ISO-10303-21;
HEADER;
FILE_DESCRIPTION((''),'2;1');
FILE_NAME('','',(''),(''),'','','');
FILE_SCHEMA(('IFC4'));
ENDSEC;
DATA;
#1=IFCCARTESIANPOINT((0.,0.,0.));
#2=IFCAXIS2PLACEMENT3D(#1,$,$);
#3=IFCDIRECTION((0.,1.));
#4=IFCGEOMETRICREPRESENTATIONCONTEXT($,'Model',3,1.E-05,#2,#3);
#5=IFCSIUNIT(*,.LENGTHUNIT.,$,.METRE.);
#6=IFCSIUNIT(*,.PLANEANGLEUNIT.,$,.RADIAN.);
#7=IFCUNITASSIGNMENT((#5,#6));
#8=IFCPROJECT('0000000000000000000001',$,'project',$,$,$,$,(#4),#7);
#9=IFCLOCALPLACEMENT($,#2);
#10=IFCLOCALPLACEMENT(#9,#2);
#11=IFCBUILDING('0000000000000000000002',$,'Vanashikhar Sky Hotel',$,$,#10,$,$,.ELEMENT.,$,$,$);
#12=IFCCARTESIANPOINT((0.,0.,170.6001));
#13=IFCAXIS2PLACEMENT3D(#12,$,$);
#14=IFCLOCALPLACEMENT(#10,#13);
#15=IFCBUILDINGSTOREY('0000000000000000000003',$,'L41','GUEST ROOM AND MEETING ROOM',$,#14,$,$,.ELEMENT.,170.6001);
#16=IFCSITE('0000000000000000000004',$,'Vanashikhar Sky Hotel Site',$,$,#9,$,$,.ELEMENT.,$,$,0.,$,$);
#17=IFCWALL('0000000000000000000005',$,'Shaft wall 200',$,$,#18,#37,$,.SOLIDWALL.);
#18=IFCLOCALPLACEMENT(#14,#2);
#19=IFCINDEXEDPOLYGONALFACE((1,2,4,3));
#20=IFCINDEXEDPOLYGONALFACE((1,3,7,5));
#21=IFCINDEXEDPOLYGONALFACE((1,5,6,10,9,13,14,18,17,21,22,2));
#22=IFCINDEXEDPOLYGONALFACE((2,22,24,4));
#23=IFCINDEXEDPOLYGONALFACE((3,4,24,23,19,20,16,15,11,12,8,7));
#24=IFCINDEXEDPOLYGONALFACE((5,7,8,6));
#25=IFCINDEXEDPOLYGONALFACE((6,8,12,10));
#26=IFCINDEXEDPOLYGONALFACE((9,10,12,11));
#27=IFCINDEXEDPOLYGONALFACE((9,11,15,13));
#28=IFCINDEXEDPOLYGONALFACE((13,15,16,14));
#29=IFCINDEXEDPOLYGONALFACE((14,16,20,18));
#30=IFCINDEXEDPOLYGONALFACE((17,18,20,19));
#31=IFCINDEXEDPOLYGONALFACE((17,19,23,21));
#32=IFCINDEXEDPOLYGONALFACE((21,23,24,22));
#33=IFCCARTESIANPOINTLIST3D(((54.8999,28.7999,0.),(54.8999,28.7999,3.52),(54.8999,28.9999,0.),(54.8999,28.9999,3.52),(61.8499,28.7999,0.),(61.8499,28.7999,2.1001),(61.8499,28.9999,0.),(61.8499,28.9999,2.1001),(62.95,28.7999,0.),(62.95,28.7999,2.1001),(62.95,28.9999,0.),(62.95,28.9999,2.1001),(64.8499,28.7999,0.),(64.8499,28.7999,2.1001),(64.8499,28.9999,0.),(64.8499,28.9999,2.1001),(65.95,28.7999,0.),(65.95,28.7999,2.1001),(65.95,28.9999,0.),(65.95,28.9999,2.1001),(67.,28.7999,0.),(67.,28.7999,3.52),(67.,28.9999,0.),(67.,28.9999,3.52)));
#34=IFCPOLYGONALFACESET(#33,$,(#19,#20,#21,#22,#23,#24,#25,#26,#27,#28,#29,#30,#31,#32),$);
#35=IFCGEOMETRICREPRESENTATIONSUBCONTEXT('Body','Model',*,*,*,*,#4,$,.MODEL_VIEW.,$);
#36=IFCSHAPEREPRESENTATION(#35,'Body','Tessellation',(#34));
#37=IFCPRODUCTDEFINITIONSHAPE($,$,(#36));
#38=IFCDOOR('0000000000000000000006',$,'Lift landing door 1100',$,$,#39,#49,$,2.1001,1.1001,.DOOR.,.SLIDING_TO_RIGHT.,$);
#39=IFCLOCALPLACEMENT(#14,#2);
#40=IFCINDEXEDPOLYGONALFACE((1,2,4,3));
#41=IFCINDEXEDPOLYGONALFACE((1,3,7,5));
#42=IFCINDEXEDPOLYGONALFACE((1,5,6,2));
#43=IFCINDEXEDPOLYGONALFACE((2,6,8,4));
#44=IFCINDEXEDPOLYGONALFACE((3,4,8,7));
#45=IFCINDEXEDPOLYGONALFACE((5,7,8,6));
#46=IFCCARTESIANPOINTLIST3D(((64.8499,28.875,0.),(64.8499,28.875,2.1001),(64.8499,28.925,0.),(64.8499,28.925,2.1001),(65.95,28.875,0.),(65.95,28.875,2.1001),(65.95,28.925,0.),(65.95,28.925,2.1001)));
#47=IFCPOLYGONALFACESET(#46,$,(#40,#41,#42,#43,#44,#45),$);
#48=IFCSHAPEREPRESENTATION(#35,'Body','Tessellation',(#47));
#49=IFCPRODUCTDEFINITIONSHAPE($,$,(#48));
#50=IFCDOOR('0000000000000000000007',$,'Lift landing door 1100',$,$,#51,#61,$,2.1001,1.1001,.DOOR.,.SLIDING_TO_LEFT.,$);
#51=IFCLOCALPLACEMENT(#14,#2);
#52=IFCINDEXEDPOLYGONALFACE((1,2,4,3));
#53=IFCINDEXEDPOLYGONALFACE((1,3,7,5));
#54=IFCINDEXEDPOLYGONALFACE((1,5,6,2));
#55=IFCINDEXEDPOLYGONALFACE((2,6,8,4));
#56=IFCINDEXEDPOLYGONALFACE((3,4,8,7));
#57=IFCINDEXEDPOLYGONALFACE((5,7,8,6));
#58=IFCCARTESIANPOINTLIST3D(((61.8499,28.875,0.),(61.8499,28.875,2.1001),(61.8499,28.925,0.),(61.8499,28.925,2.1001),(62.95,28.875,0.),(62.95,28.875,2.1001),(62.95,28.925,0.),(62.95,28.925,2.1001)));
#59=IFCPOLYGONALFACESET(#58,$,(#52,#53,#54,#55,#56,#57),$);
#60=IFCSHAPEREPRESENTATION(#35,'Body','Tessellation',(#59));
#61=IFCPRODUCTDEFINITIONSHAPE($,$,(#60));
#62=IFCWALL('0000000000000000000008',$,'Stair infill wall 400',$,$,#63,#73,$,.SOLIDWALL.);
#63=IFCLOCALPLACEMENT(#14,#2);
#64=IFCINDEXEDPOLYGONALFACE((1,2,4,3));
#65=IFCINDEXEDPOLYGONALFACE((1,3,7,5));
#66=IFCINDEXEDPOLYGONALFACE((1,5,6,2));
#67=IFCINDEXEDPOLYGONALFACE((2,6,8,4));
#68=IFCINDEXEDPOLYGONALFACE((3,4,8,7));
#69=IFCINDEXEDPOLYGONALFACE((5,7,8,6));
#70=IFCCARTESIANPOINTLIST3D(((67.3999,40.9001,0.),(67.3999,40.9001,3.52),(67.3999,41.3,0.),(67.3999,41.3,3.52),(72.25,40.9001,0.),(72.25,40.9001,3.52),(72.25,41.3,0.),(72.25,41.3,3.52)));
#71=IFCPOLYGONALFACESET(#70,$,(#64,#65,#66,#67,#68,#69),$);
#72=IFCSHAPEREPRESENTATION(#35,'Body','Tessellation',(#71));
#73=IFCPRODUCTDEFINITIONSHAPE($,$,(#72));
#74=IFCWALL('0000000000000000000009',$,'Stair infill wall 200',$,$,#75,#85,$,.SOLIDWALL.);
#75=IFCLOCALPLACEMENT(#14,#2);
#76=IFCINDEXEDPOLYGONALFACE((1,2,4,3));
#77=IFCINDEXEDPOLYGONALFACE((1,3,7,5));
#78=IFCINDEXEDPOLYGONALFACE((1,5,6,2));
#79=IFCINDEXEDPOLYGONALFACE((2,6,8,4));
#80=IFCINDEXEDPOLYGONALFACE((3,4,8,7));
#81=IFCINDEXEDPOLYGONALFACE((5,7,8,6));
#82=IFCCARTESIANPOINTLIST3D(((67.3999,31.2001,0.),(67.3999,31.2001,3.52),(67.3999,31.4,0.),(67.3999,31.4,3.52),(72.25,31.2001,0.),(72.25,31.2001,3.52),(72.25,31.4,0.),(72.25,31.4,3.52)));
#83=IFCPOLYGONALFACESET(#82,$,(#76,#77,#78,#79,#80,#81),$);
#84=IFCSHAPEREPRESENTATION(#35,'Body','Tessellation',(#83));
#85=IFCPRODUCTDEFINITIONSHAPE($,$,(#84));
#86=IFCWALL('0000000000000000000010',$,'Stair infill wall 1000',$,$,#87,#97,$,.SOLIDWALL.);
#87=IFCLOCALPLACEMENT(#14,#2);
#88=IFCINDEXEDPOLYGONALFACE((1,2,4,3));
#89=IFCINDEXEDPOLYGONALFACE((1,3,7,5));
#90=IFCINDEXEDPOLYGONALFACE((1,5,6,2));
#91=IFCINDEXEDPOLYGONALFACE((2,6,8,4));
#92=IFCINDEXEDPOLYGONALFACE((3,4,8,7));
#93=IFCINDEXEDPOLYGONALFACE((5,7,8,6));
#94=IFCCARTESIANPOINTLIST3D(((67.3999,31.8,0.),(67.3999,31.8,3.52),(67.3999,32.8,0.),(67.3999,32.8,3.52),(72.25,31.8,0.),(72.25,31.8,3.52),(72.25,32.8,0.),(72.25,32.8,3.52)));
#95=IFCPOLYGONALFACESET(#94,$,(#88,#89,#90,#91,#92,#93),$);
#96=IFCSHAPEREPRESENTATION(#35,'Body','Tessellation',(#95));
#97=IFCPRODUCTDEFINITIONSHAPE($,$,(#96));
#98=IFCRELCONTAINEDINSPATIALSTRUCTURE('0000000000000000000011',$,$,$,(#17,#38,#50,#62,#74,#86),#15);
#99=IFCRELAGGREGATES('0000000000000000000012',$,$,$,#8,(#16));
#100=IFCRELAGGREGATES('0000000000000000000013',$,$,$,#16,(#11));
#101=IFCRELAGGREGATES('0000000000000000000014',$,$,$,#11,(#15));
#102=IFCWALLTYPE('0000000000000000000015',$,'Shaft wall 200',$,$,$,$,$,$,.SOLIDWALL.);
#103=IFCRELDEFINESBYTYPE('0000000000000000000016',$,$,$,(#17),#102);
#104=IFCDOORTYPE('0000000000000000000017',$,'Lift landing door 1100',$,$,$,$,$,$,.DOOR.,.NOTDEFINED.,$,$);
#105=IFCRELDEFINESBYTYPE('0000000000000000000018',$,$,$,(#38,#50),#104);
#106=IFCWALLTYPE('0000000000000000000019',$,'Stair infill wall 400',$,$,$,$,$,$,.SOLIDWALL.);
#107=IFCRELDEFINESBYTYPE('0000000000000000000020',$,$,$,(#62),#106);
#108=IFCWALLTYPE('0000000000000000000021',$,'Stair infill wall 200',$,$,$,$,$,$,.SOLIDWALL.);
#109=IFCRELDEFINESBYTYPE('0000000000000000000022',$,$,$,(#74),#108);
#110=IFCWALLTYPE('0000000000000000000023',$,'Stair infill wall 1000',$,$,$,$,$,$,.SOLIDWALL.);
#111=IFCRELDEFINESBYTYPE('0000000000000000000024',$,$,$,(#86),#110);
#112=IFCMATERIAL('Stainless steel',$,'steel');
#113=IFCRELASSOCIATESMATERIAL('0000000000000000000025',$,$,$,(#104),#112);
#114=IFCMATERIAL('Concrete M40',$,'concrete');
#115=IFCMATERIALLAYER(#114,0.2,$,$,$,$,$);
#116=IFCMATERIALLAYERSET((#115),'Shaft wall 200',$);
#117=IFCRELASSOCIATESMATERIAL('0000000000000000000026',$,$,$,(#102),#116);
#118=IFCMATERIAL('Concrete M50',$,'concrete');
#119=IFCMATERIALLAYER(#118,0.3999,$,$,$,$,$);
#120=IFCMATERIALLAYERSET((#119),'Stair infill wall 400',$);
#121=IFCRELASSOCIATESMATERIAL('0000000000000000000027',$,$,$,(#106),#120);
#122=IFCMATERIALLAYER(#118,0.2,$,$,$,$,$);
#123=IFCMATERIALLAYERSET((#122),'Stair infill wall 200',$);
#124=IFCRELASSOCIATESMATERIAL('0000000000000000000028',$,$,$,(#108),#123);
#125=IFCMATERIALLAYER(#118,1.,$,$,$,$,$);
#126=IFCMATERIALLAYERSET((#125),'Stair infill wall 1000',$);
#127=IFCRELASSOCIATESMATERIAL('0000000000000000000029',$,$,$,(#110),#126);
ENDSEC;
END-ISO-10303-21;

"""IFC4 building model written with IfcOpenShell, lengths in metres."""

from ifc_helpers import new_model, si_unit, direction, frame, frame_2d, origin, place, context, subcontext, project, spatial, rectangle, extrude, source, transform, mapped, material, layer, layer_set, type_object, element, fill, save


model = new_model("IFC4")

# Units and contexts
model_context = context("Model", 3, precision=1e-05, world=origin(), true_north=direction((0.0, 1.0)))
body_context = subcontext(model_context, "Body", "Model", "MODEL_VIEW")
ifc_project = project(units=[si_unit("LENGTHUNIT", "METRE"), si_unit("PLANEANGLEUNIT", "RADIAN")], contexts=[model_context])

# Site, building, storey
site_placement = place(None, origin())
site = spatial("IfcSite", under=ifc_project, at=site_placement, Name="Vanashikhar Sky Hotel Site", CompositionType="ELEMENT", RefElevation=0.0)
building_placement = place(site_placement, origin())
building = spatial("IfcBuilding", under=site, at=building_placement, Name="Vanashikhar Sky Hotel", CompositionType="ELEMENT")
storey_placement = place(building_placement, frame((0.0, 0.0, 170.6001)))
storey = spatial("IfcBuildingStorey", under=building, at=storey_placement, Name="L41", Description="GUEST ROOM AND MEETING ROOM", CompositionType="ELEMENT", Elevation=170.6001)

# Shared definitions
ifc_material_1 = material(Name="Stainless steel", Category="steel")
door_type_1 = type_object("IfcDoorType", Name="Lift landing door 1100", OperationType="NOTDEFINED", PredefinedType="DOOR", material=ifc_material_1)
shared_shape_1 = source(origin(), body_context, "Body", "SweptSolid", [
    extrude(rectangle(XDim=1.1001, YDim=2.1001, at=frame_2d((0.55, 1.05))), frame((0.0, 0.0249, 0.0), z_axis=(0.0, -1.0, 0.0), x_axis=(1.0, 0.0, 0.0)), (0.0, 0.0, 1.0), 0.05),
])

# Wall, openings, doors
ifc_material_2 = material(Name="Concrete M40", Category="concrete")
ifc_layer_1 = layer(ifc_material_2, 0.2)
ifc_layer_set_1 = layer_set([ifc_layer_1], Name="Shaft wall 200")
wall_type_1 = type_object("IfcWallType", Name="Shaft wall 200", PredefinedType="SOLIDWALL", material=ifc_layer_set_1)
shared_shape_2 = source(origin(), body_context, "Body", "SweptSolid", [
    extrude(rectangle(XDim=1.1001, YDim=2.1001, at=frame_2d((0.55, 1.05))), frame((0.0, 0.1099, 0.0), z_axis=(0.0, -1.0, 0.0), x_axis=(1.0, 0.0, 0.0)), (0.0, 0.0, 1.0), 0.22),
])
shared_shape_3 = source(origin(), body_context, "Body", "SweptSolid", [
    extrude(rectangle(XDim=12.1001, YDim=0.2, at=frame_2d((6.05, 0.0))), origin(), (0.0, 0.0, 1.0), 3.52),
])
wall_1_placement = place(storey_placement, frame((67.0, 28.8999, 0.0), z_axis=(0.0, 0.0, 1.0), x_axis=(-1.0, 0.0, 0.0)))
wall_1 = element("IfcWall", 1, at=wall_1_placement, inside=storey, type_object=wall_type_1, Name="Shaft wall 200", PredefinedType="SOLIDWALL", context=body_context, shape_type="MappedRepresentation", body=[
    mapped(shared_shape_3, transform((0.0, 0.0, 0.0), scale=1.0)),
])
opening_1_placement = place(wall_1_placement, frame((1.05, 0.0, 0.0)))
opening_1 = element("IfcOpeningElement", 2, at=opening_1_placement, cuts=wall_1, PredefinedType="OPENING", context=body_context, shape_type="MappedRepresentation", body=[
    mapped(shared_shape_2, transform((0.0, 0.0, 0.0), scale=1.0)),
])
opening_2_placement = place(wall_1_placement, frame((4.05, 0.0, 0.0)))
opening_2 = element("IfcOpeningElement", 3, at=opening_2_placement, cuts=wall_1, PredefinedType="OPENING", context=body_context, shape_type="MappedRepresentation", body=[
    mapped(shared_shape_2, transform((0.0, 0.0, 0.0), scale=1.0)),
])
door_1_placement = place(opening_1_placement, origin())
door_1 = element("IfcDoor", 4, at=door_1_placement, inside=storey, type_object=door_type_1, Name="Lift landing door 1100", OperationType="SLIDING_TO_RIGHT", OverallHeight=2.1001, OverallWidth=1.1001, PredefinedType="DOOR", context=body_context, shape_type="MappedRepresentation", body=[
    mapped(shared_shape_1, transform((0.0, 0.0, 0.0), scale=1.0)),
])
fill(opening_1, door_1)
door_2_placement = place(opening_2_placement, origin())
door_2 = element("IfcDoor", 5, at=door_2_placement, inside=storey, type_object=door_type_1, Name="Lift landing door 1100", OperationType="SLIDING_TO_LEFT", OverallHeight=2.1001, OverallWidth=1.1001, PredefinedType="DOOR", context=body_context, shape_type="MappedRepresentation", body=[
    mapped(shared_shape_1, transform((0.0, 0.0, 0.0), scale=1.0)),
])
fill(opening_2, door_2)

# Walls
ifc_material_3 = material(Name="Concrete M50", Category="concrete")
ifc_layer_2 = layer(ifc_material_3, 0.3999)
ifc_layer_set_2 = layer_set([ifc_layer_2], Name="Stair infill wall 400")
wall_type_2 = type_object("IfcWallType", Name="Stair infill wall 400", PredefinedType="SOLIDWALL", material=ifc_layer_set_2)
shared_shape_4 = source(origin(), body_context, "Body", "SweptSolid", [
    extrude(rectangle(XDim=4.8501, YDim=0.3999, at=frame_2d((2.425, 0.0))), origin(), (0.0, 0.0, 1.0), 3.52),
])
wall_2_placement = place(storey_placement, frame((67.3999, 41.1001, 0.0), z_axis=(0.0, 0.0, 1.0), x_axis=(1.0, 0.0, 0.0)))
element("IfcWall", 6, at=wall_2_placement, inside=storey, type_object=wall_type_2, Name="Stair infill wall 400", PredefinedType="SOLIDWALL", context=body_context, shape_type="MappedRepresentation", body=[
    mapped(shared_shape_4, transform((0.0, 0.0, 0.0), scale=1.0)),
])
ifc_layer_3 = layer(ifc_material_3, 0.2)
ifc_layer_set_3 = layer_set([ifc_layer_3], Name="Stair infill wall 200")
wall_type_3 = type_object("IfcWallType", Name="Stair infill wall 200", PredefinedType="SOLIDWALL", material=ifc_layer_set_3)
shared_shape_5 = source(origin(), body_context, "Body", "SweptSolid", [
    extrude(rectangle(XDim=4.8501, YDim=0.2, at=frame_2d((2.425, 0.0))), origin(), (0.0, 0.0, 1.0), 3.52),
])
wall_3_placement = place(storey_placement, frame((67.3999, 31.3, 0.0), z_axis=(0.0, 0.0, 1.0), x_axis=(1.0, 0.0, 0.0)))
element("IfcWall", 7, at=wall_3_placement, inside=storey, type_object=wall_type_3, Name="Stair infill wall 200", PredefinedType="SOLIDWALL", context=body_context, shape_type="MappedRepresentation", body=[
    mapped(shared_shape_5, transform((0.0, 0.0, 0.0), scale=1.0)),
])
ifc_layer_4 = layer(ifc_material_3, 1.0)
ifc_layer_set_4 = layer_set([ifc_layer_4], Name="Stair infill wall 1000")
wall_type_4 = type_object("IfcWallType", Name="Stair infill wall 1000", PredefinedType="SOLIDWALL", material=ifc_layer_set_4)
shared_shape_6 = source(origin(), body_context, "Body", "SweptSolid", [
    extrude(rectangle(XDim=4.8501, YDim=1.0, at=frame_2d((2.425, 0.0))), origin(), (0.0, 0.0, 1.0), 3.52),
])
wall_4_placement = place(storey_placement, frame((67.3999, 32.3, 0.0), z_axis=(0.0, 0.0, 1.0), x_axis=(1.0, 0.0, 0.0)))
element("IfcWall", 8, at=wall_4_placement, inside=storey, type_object=wall_type_4, Name="Stair infill wall 1000", PredefinedType="SOLIDWALL", context=body_context, shape_type="MappedRepresentation", body=[
    mapped(shared_shape_6, transform((0.0, 0.0, 0.0), scale=1.0)),
])

save(model, "model.ifc")
